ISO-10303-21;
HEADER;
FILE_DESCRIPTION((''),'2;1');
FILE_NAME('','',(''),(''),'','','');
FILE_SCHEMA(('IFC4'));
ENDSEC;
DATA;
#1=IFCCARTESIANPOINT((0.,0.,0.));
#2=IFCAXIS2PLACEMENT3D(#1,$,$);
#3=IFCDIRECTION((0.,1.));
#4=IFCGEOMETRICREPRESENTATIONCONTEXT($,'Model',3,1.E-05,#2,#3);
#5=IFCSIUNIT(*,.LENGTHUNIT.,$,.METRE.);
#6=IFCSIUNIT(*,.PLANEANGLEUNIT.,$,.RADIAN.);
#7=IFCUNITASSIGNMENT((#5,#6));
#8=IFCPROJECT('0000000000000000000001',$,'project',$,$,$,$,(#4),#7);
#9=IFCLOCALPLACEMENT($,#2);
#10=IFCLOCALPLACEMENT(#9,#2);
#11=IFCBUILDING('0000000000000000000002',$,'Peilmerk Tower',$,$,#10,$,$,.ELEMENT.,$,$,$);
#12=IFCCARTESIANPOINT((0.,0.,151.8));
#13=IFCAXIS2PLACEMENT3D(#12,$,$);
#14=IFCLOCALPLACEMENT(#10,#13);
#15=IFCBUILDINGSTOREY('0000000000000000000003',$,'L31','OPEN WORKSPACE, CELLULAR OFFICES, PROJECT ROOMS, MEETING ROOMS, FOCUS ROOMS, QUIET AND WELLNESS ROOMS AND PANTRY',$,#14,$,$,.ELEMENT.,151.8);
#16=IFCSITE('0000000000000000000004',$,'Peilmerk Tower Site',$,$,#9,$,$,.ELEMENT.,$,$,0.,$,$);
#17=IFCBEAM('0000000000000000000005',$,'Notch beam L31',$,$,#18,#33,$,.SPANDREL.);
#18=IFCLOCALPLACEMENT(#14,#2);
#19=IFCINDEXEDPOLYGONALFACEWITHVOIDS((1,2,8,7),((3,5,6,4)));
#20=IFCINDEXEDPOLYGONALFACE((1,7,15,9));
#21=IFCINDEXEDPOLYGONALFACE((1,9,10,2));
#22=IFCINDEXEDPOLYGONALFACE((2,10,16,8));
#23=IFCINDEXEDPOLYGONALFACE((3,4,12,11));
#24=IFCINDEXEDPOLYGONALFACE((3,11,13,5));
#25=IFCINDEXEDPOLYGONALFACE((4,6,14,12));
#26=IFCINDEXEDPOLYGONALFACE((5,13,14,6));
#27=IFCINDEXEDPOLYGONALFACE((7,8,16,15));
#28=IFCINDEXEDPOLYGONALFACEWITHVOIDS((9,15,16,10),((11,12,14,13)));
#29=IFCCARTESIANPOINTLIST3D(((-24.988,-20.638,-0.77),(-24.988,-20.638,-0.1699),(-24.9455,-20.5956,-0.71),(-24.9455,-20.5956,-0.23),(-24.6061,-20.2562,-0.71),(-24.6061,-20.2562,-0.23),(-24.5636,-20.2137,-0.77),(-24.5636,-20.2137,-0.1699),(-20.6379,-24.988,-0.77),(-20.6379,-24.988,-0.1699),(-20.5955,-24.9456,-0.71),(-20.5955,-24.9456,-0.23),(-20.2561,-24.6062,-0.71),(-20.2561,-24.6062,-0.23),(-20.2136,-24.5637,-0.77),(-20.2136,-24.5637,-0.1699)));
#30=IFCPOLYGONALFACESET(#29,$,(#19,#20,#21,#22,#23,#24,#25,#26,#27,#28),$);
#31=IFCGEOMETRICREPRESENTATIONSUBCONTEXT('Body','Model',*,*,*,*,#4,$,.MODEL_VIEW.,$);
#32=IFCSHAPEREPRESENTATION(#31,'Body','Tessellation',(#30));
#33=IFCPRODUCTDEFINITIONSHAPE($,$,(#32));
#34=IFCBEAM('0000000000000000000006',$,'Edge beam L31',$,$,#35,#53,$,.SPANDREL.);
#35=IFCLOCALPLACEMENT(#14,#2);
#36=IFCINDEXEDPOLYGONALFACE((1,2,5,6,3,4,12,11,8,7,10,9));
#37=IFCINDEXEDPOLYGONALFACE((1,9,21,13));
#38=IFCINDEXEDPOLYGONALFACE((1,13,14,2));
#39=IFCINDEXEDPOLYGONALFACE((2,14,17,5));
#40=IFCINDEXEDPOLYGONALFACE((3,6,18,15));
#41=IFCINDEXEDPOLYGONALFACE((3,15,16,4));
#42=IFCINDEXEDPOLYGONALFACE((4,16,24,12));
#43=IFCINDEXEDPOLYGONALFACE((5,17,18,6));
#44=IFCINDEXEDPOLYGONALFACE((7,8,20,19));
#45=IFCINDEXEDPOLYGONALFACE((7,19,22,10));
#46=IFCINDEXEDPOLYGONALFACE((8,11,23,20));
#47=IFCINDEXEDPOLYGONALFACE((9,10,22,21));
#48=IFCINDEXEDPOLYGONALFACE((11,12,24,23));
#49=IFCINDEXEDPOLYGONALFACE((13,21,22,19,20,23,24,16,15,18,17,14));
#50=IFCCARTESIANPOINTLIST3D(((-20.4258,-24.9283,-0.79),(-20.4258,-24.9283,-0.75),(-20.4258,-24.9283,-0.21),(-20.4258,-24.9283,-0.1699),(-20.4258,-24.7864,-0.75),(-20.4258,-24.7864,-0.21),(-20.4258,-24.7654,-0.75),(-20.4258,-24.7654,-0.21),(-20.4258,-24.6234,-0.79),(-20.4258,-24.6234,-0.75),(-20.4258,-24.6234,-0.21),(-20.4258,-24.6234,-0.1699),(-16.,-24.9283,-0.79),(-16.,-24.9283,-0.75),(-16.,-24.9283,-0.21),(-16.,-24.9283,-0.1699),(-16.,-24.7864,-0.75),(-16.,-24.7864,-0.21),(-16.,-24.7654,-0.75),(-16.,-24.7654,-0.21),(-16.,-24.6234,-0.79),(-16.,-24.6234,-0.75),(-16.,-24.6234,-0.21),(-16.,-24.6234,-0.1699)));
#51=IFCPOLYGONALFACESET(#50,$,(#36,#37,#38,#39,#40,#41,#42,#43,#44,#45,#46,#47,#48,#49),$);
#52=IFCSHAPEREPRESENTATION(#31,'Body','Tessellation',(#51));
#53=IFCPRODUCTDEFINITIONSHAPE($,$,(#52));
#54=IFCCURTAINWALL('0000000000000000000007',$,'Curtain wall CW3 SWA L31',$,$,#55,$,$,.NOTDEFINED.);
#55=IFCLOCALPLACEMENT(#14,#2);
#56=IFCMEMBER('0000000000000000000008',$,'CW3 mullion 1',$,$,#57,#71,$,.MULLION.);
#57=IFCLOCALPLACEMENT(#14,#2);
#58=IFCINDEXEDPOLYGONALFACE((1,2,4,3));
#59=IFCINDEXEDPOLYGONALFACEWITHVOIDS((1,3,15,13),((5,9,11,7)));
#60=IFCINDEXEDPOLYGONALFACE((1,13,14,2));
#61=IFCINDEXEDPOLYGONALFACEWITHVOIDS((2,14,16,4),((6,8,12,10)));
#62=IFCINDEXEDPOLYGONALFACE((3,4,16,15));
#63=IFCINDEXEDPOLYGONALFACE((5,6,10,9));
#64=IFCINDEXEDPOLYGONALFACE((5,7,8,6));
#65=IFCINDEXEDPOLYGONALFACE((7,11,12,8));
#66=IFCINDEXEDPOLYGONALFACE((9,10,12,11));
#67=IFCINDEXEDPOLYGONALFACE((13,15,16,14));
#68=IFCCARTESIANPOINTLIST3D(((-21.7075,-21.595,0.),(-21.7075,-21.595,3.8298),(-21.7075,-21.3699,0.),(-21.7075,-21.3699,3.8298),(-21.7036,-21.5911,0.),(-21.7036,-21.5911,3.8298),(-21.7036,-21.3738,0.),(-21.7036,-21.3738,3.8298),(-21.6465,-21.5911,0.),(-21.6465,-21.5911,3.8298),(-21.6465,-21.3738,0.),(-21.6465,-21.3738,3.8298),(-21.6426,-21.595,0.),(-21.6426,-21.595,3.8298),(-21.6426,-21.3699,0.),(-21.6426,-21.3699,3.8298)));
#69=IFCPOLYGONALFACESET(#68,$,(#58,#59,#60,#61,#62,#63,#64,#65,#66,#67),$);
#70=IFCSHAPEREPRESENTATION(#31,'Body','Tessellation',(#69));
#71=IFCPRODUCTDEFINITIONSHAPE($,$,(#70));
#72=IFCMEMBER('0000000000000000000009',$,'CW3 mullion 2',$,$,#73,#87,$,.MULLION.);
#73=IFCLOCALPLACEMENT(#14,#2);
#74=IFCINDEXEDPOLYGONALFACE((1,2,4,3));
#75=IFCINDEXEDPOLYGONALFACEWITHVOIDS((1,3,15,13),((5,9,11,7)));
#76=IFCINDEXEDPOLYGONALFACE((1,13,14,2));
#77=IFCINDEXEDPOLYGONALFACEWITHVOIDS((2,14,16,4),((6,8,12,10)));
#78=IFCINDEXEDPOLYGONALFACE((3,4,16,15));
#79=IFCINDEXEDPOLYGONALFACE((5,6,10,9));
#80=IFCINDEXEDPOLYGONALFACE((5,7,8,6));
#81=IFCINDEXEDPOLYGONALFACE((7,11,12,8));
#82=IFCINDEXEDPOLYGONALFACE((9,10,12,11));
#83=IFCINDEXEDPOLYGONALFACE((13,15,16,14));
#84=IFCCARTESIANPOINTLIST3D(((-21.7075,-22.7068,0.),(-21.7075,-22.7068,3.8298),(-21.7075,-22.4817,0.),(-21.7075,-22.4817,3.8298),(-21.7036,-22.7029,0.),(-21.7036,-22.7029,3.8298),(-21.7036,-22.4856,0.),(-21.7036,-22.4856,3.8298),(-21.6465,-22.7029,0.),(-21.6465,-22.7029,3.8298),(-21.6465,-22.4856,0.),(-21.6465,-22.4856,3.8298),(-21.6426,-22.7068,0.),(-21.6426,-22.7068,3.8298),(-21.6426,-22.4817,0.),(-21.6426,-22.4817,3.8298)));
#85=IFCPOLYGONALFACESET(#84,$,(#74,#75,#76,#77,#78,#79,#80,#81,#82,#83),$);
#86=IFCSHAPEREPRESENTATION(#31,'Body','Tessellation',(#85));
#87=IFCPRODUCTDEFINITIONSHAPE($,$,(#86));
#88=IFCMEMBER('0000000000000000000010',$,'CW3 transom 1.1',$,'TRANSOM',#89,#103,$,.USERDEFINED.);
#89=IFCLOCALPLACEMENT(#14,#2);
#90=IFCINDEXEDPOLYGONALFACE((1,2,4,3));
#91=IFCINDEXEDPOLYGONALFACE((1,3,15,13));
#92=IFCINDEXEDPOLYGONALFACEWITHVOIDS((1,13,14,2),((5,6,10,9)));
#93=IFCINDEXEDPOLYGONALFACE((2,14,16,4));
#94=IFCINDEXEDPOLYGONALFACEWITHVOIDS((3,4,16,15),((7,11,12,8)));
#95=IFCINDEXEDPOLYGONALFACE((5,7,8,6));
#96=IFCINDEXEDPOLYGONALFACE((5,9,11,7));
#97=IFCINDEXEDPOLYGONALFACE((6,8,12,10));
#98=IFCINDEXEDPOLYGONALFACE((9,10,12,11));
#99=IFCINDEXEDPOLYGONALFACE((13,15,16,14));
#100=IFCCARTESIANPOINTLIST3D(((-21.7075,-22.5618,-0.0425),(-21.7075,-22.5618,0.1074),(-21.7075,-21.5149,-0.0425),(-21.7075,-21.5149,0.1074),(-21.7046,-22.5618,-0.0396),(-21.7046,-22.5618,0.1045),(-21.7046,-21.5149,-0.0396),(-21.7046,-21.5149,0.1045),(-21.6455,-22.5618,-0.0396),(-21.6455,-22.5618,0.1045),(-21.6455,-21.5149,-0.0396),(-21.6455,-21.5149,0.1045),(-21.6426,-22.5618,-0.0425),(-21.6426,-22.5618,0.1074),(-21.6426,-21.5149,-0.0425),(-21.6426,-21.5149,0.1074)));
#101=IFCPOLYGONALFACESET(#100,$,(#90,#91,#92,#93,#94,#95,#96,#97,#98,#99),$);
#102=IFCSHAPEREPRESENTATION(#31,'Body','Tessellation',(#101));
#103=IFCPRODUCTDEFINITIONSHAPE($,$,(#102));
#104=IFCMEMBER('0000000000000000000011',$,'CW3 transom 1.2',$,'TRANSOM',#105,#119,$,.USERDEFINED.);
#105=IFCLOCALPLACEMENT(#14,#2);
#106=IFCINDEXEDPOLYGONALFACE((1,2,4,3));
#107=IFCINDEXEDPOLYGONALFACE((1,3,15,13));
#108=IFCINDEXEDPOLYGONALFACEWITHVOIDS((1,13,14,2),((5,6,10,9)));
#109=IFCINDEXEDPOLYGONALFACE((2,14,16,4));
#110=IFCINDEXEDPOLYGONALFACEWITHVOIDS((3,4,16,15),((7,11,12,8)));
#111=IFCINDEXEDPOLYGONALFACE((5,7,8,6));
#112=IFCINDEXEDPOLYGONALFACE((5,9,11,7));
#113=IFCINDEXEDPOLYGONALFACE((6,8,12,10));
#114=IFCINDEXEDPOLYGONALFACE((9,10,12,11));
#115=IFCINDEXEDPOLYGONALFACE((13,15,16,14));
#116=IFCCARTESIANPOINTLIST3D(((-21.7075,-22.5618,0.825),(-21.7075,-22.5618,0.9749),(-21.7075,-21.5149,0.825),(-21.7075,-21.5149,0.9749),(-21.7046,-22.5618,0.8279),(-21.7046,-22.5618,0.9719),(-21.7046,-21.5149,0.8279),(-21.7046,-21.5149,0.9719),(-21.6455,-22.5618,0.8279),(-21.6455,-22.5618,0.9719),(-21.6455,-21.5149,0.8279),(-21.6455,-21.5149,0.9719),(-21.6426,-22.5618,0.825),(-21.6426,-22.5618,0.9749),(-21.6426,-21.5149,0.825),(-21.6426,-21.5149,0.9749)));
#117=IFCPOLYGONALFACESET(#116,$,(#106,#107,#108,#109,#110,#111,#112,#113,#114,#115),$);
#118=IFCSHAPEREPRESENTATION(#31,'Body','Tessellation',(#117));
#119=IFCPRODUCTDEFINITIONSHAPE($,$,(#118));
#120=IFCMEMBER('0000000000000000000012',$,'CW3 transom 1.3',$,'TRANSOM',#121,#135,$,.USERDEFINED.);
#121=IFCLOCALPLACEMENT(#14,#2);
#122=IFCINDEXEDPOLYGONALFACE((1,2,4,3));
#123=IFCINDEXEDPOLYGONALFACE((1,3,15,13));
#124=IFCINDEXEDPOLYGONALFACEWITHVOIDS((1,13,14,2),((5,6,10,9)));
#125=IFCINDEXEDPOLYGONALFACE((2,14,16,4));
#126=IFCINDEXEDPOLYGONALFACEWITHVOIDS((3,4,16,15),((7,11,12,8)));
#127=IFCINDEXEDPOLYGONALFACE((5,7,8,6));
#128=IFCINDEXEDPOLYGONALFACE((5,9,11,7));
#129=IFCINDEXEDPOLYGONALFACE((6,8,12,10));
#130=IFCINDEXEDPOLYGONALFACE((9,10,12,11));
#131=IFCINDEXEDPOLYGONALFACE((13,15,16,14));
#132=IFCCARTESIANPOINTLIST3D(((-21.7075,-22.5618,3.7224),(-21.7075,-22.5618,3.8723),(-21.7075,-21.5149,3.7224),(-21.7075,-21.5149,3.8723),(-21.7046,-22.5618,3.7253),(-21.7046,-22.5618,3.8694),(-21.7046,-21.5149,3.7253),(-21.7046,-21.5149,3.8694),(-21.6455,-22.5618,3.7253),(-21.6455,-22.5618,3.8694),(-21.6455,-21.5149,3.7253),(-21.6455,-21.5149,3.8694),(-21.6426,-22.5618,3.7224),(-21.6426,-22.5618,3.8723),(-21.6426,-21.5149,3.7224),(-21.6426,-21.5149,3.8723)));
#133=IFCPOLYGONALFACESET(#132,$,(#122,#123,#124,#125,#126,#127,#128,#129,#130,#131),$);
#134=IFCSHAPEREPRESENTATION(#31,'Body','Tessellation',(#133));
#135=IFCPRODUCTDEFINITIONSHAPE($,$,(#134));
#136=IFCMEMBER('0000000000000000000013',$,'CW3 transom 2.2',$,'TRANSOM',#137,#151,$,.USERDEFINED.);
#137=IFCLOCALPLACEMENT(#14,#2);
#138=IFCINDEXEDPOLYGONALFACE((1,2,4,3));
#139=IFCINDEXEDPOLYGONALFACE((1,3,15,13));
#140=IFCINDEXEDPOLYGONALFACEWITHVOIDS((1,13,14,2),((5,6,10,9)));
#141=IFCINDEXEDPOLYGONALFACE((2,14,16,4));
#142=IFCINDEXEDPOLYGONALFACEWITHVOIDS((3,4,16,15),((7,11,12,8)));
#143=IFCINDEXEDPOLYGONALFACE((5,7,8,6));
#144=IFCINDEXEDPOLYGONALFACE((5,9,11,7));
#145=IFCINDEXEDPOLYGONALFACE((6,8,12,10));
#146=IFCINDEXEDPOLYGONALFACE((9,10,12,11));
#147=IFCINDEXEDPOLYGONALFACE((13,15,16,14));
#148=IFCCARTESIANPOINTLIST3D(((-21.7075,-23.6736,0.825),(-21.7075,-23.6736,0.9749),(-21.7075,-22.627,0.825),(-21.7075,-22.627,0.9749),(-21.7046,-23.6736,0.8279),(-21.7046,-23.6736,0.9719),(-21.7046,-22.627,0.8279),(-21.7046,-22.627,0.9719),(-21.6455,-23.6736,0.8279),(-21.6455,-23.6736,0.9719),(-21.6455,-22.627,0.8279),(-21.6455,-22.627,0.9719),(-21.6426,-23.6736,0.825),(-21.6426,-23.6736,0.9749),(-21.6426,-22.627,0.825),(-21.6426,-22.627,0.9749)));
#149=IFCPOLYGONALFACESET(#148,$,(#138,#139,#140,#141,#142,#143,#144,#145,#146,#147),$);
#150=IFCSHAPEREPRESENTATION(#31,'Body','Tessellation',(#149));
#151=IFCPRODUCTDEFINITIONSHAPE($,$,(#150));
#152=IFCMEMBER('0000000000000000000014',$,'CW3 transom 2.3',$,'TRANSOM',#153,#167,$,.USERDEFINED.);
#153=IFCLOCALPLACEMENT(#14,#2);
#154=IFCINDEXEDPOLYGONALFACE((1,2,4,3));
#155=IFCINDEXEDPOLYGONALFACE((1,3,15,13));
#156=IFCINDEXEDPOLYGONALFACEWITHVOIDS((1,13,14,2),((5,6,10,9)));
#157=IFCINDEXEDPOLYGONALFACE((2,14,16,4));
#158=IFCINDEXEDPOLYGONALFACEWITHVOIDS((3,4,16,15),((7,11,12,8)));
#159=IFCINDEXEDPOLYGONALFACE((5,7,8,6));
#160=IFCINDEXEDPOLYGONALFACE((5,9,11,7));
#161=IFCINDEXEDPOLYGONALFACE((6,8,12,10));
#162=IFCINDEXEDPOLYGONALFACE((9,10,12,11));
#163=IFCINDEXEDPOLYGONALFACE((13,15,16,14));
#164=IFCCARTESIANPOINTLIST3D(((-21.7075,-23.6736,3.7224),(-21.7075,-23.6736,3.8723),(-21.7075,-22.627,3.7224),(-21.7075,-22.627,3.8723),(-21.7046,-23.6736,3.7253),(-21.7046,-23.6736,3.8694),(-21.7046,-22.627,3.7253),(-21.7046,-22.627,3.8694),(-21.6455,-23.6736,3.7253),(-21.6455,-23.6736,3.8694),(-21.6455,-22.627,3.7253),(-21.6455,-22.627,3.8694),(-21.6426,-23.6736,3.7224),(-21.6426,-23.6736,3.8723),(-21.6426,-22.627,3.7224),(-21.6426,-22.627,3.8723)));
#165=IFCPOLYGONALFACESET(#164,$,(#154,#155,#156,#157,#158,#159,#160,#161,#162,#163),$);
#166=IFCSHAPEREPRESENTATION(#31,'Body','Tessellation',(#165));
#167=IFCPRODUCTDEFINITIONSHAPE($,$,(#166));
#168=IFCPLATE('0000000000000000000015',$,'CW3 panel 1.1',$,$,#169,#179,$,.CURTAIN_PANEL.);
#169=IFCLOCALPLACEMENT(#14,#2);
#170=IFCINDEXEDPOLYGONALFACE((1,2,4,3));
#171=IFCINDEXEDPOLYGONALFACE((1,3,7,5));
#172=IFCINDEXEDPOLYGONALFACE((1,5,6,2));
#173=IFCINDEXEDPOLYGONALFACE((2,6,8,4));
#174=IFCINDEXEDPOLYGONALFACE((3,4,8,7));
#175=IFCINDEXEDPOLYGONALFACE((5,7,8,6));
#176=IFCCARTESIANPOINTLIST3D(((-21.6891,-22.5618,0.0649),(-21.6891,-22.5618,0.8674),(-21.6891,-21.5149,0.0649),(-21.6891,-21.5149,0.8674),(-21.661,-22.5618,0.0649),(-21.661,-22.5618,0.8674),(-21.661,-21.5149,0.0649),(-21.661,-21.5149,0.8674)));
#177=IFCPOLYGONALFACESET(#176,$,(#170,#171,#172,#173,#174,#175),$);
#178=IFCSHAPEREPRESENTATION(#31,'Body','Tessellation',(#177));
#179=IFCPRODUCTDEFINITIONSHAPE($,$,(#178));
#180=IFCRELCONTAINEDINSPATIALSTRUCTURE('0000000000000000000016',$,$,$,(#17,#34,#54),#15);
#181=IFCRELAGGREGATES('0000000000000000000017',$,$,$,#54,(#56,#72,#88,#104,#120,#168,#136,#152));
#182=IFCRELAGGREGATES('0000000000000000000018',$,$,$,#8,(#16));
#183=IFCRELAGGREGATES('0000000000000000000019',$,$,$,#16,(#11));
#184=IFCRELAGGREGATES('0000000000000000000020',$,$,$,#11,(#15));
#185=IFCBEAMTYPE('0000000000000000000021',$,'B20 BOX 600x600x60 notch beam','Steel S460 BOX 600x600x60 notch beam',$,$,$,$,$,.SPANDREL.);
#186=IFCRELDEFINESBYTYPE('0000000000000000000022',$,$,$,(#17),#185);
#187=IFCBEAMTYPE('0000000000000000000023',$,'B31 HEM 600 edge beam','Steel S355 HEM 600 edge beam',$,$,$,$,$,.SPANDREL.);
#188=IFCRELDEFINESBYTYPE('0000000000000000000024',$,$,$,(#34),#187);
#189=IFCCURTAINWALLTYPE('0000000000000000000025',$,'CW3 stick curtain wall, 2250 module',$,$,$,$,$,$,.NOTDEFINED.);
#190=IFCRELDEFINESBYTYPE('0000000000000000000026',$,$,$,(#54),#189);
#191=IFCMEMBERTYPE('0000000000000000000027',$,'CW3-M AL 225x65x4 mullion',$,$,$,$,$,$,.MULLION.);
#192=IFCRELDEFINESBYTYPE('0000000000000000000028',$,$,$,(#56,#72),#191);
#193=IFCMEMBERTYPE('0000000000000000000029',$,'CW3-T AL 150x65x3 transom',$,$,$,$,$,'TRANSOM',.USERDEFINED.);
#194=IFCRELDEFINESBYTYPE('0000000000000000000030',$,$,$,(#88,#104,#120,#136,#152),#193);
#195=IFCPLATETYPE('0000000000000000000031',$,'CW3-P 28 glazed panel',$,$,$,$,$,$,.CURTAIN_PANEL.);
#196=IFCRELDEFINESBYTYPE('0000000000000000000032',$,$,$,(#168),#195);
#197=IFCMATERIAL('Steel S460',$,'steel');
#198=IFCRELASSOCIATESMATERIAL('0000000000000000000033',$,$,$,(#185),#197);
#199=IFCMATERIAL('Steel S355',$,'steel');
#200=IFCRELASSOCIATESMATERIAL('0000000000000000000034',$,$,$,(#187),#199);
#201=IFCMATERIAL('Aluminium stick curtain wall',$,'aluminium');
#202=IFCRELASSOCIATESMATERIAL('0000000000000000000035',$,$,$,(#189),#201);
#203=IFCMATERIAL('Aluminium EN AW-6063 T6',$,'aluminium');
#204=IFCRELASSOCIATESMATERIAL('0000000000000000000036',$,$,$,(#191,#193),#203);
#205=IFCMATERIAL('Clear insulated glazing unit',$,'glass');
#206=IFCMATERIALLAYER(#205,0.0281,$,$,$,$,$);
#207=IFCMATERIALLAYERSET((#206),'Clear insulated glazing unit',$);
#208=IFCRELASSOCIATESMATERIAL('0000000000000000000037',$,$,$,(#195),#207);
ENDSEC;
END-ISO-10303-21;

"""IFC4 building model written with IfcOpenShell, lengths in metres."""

from ifc_helpers import new_model, si_unit, direction, frame, origin, origin_2d, place, context, subcontext, project, spatial, rectangle, hollow_rectangle, i_section, extrude, material, layer, layer_set, material_profile, profile_set, type_object, element, aggregate, save


model = new_model("IFC4")

# Units and contexts
model_context = context("Model", 3, precision=1e-05, world=origin(), true_north=direction((0.0, 1.0)))
body_context = subcontext(model_context, "Body", "Model", "MODEL_VIEW")
ifc_project = project(units=[si_unit("LENGTHUNIT", "METRE"), si_unit("PLANEANGLEUNIT", "RADIAN")], contexts=[model_context])

# Site, building, storey
site_placement = place(None, origin())
site = spatial("IfcSite", under=ifc_project, at=site_placement, Name="Peilmerk Tower Site", CompositionType="ELEMENT", RefElevation=0.0)
building_placement = place(site_placement, origin())
building = spatial("IfcBuilding", under=site, at=building_placement, Name="Peilmerk Tower", CompositionType="ELEMENT")
storey_placement = place(building_placement, frame((0.0, 0.0, 151.8)))
storey = spatial("IfcBuildingStorey", under=building, at=storey_placement, Name="L31", Description="OPEN WORKSPACE, CELLULAR OFFICES, PROJECT ROOMS, MEETING ROOMS, FOCUS ROOMS, QUIET AND WELLNESS ROOMS AND PANTRY", CompositionType="ELEMENT", Elevation=151.8)

# Shared definitions
ifc_material_1 = material(Name="Steel S460", Category="steel")

# Beams
ifc_material_2 = material(Name="Steel S355", Category="steel")
ifc_material_profile_1 = material_profile(ifc_material_1, hollow_rectangle(XDim=0.6001, YDim=0.6001, WallThickness=0.0601, at=origin_2d()), Name="BOX 600x600x60")
ifc_profile_set_1 = profile_set([ifc_material_profile_1], Name="Steel S460")
beam_type_1 = type_object("IfcBeamType", Name="B20 BOX 600x600x60 notch beam", Description="Steel S460 BOX 600x600x60 notch beam", PredefinedType="SPANDREL", material=ifc_profile_set_1)
beam_1_placement = place(storey_placement, frame((-20.4258, -24.7759, -0.47), z_axis=(-0.707107, 0.707107, 0.0), x_axis=(-0.707107, -0.707107, 0.0)))
element("IfcBeam", 1, at=beam_1_placement, inside=storey, type_object=beam_type_1, Name="Notch beam L31", PredefinedType="SPANDREL", context=body_context, shape_type="SweptSolid", body=[
    extrude(hollow_rectangle(XDim=0.6001, YDim=0.6001, WallThickness=0.0601, at=origin_2d()), origin(), (0.0, 0.0, 1.0), 6.1519),
])
ifc_material_profile_2 = material_profile(ifc_material_2, i_section(OverallWidth=0.3049, OverallDepth=0.6201, WebThickness=0.021, FlangeThickness=0.04, at=origin_2d()), Name="HEM 600")
ifc_profile_set_2 = profile_set([ifc_material_profile_2], Name="Steel S355")
beam_type_2 = type_object("IfcBeamType", Name="B31 HEM 600 edge beam", Description="Steel S355 HEM 600 edge beam", PredefinedType="SPANDREL", material=ifc_profile_set_2)
beam_2_placement = place(storey_placement, frame((-20.4258, -24.7759, -0.48), z_axis=(1.0, 0.0, 0.0), x_axis=(0.0, 1.0, 0.0)))
element("IfcBeam", 2, at=beam_2_placement, inside=storey, type_object=beam_type_2, Name="Edge beam L31", PredefinedType="SPANDREL", context=body_context, shape_type="SweptSolid", body=[
    extrude(i_section(OverallWidth=0.3049, OverallDepth=0.6201, WebThickness=0.021, FlangeThickness=0.04, at=origin_2d()), origin(), (0.0, 0.0, 1.0), 4.4258),
])

# Curtain wall, members, plate
ifc_material_3 = material(Name="Aluminium stick curtain wall", Category="aluminium")
curtain_wall_type = type_object("IfcCurtainWallType", Name="CW3 stick curtain wall, 2250 module", PredefinedType="NOTDEFINED", material=ifc_material_3)
curtain_wall_placement = place(storey_placement, origin())
curtain_wall = element("IfcCurtainWall", 3, at=curtain_wall_placement, inside=storey, type_object=curtain_wall_type, Name="Curtain wall CW3 SWA L31", PredefinedType="NOTDEFINED")
ifc_material_4 = material(Name="Aluminium EN AW-6063 T6", Category="aluminium")
ifc_material_profile_3 = material_profile(ifc_material_4, hollow_rectangle(XDim=0.0649, YDim=0.2251, WallThickness=0.0039, at=origin_2d()), Name="AL 225x65x4")
ifc_profile_set_3 = profile_set([ifc_material_profile_3], Name="Aluminium EN AW-6063 T6")
member_type_1 = type_object("IfcMemberType", Name="CW3-M AL 225x65x4 mullion", PredefinedType="MULLION", material=ifc_profile_set_3)
member_1_placement = place(storey_placement, frame((-21.675, -21.4824, 0.0), z_axis=(0.0, 0.0, 1.0), x_axis=(1.0, 0.0, 0.0)))
member_1 = element("IfcMember", 4, at=member_1_placement, type_object=member_type_1, Name="CW3 mullion 1", PredefinedType="MULLION", context=body_context, shape_type="SweptSolid", body=[
    extrude(hollow_rectangle(XDim=0.0649, YDim=0.2251, WallThickness=0.0039, at=origin_2d()), origin(), (0.0, 0.0, 1.0), 3.8298),
])
member_2_placement = place(storey_placement, frame((-21.675, -22.5942, 0.0), z_axis=(0.0, 0.0, 1.0), x_axis=(1.0, 0.0, 0.0)))
member_2 = element("IfcMember", 5, at=member_2_placement, type_object=member_type_1, Name="CW3 mullion 2", PredefinedType="MULLION", context=body_context, shape_type="SweptSolid", body=[
    extrude(hollow_rectangle(XDim=0.0649, YDim=0.2251, WallThickness=0.0039, at=origin_2d()), origin(), (0.0, 0.0, 1.0), 3.8298),
])
ifc_material_profile_4 = material_profile(ifc_material_4, hollow_rectangle(XDim=0.0649, YDim=0.1499, WallThickness=0.0029, at=origin_2d()), Name="AL 150x65x3")
ifc_profile_set_4 = profile_set([ifc_material_profile_4], Name="Aluminium EN AW-6063 T6")
member_type_2 = type_object("IfcMemberType", Name="CW3-T AL 150x65x3 transom", ElementType="TRANSOM", PredefinedType="USERDEFINED", material=ifc_profile_set_4)
member_3_placement = place(storey_placement, frame((-21.675, -21.5149, 0.0325), z_axis=(0.0, -1.0, 0.0), x_axis=(1.0, 0.0, 0.0)))
member_3 = element("IfcMember", 6, at=member_3_placement, type_object=member_type_2, Name="CW3 transom 1.1", ObjectType="TRANSOM", PredefinedType="USERDEFINED", context=body_context, shape_type="SweptSolid", body=[
    extrude(hollow_rectangle(XDim=0.0649, YDim=0.1499, WallThickness=0.0029, at=origin_2d()), origin(), (0.0, 0.0, 1.0), 1.0469),
])
member_4_placement = place(storey_placement, frame((-21.675, -21.5149, 0.8999), z_axis=(0.0, -1.0, 0.0), x_axis=(1.0, 0.0, 0.0)))
member_4 = element("IfcMember", 7, at=member_4_placement, type_object=member_type_2, Name="CW3 transom 1.2", ObjectType="TRANSOM", PredefinedType="USERDEFINED", context=body_context, shape_type="SweptSolid", body=[
    extrude(hollow_rectangle(XDim=0.0649, YDim=0.1499, WallThickness=0.0029, at=origin_2d()), origin(), (0.0, 0.0, 1.0), 1.0469),
])
member_5_placement = place(storey_placement, frame((-21.675, -21.5149, 3.7974), z_axis=(0.0, -1.0, 0.0), x_axis=(1.0, 0.0, 0.0)))
member_5 = element("IfcMember", 8, at=member_5_placement, type_object=member_type_2, Name="CW3 transom 1.3", ObjectType="TRANSOM", PredefinedType="USERDEFINED", context=body_context, shape_type="SweptSolid", body=[
    extrude(hollow_rectangle(XDim=0.0649, YDim=0.1499, WallThickness=0.0029, at=origin_2d()), origin(), (0.0, 0.0, 1.0), 1.0469),
])
member_6_placement = place(storey_placement, frame((-21.675, -22.627, 0.8999), z_axis=(0.0, -1.0, 0.0), x_axis=(1.0, 0.0, 0.0)))
member_6 = element("IfcMember", 9, at=member_6_placement, type_object=member_type_2, Name="CW3 transom 2.2", ObjectType="TRANSOM", PredefinedType="USERDEFINED", context=body_context, shape_type="SweptSolid", body=[
    extrude(hollow_rectangle(XDim=0.0649, YDim=0.1499, WallThickness=0.0029, at=origin_2d()), origin(), (0.0, 0.0, 1.0), 1.0466),
])
member_7_placement = place(storey_placement, frame((-21.675, -22.627, 3.7974), z_axis=(0.0, -1.0, 0.0), x_axis=(1.0, 0.0, 0.0)))
member_7 = element("IfcMember", 10, at=member_7_placement, type_object=member_type_2, Name="CW3 transom 2.3", ObjectType="TRANSOM", PredefinedType="USERDEFINED", context=body_context, shape_type="SweptSolid", body=[
    extrude(hollow_rectangle(XDim=0.0649, YDim=0.1499, WallThickness=0.0029, at=origin_2d()), origin(), (0.0, 0.0, 1.0), 1.0466),
])
ifc_material_5 = material(Name="Clear insulated glazing unit", Category="glass")
ifc_layer_1 = layer(ifc_material_5, 0.0281)
ifc_layer_set_1 = layer_set([ifc_layer_1], Name="Clear insulated glazing unit")
plate_type = type_object("IfcPlateType", Name="CW3-P 28 glazed panel", PredefinedType="CURTAIN_PANEL", material=ifc_layer_set_1)
plate_1_placement = place(storey_placement, frame((-21.675, -22.0383, 0.0649), z_axis=(0.0, 0.0, 1.0), x_axis=(0.0, -1.0, 0.0)))
plate_1 = element("IfcPlate", 11, at=plate_1_placement, type_object=plate_type, Name="CW3 panel 1.1", PredefinedType="CURTAIN_PANEL", context=body_context, shape_type="SweptSolid", body=[
    extrude(rectangle(XDim=1.0469, YDim=0.0281, at=origin_2d()), origin(), (0.0, 0.0, 1.0), 0.8025),
])
aggregate(curtain_wall, [member_1, member_2, member_3, member_4, member_5, plate_1, member_6, member_7])

save(model, "model.ifc")
